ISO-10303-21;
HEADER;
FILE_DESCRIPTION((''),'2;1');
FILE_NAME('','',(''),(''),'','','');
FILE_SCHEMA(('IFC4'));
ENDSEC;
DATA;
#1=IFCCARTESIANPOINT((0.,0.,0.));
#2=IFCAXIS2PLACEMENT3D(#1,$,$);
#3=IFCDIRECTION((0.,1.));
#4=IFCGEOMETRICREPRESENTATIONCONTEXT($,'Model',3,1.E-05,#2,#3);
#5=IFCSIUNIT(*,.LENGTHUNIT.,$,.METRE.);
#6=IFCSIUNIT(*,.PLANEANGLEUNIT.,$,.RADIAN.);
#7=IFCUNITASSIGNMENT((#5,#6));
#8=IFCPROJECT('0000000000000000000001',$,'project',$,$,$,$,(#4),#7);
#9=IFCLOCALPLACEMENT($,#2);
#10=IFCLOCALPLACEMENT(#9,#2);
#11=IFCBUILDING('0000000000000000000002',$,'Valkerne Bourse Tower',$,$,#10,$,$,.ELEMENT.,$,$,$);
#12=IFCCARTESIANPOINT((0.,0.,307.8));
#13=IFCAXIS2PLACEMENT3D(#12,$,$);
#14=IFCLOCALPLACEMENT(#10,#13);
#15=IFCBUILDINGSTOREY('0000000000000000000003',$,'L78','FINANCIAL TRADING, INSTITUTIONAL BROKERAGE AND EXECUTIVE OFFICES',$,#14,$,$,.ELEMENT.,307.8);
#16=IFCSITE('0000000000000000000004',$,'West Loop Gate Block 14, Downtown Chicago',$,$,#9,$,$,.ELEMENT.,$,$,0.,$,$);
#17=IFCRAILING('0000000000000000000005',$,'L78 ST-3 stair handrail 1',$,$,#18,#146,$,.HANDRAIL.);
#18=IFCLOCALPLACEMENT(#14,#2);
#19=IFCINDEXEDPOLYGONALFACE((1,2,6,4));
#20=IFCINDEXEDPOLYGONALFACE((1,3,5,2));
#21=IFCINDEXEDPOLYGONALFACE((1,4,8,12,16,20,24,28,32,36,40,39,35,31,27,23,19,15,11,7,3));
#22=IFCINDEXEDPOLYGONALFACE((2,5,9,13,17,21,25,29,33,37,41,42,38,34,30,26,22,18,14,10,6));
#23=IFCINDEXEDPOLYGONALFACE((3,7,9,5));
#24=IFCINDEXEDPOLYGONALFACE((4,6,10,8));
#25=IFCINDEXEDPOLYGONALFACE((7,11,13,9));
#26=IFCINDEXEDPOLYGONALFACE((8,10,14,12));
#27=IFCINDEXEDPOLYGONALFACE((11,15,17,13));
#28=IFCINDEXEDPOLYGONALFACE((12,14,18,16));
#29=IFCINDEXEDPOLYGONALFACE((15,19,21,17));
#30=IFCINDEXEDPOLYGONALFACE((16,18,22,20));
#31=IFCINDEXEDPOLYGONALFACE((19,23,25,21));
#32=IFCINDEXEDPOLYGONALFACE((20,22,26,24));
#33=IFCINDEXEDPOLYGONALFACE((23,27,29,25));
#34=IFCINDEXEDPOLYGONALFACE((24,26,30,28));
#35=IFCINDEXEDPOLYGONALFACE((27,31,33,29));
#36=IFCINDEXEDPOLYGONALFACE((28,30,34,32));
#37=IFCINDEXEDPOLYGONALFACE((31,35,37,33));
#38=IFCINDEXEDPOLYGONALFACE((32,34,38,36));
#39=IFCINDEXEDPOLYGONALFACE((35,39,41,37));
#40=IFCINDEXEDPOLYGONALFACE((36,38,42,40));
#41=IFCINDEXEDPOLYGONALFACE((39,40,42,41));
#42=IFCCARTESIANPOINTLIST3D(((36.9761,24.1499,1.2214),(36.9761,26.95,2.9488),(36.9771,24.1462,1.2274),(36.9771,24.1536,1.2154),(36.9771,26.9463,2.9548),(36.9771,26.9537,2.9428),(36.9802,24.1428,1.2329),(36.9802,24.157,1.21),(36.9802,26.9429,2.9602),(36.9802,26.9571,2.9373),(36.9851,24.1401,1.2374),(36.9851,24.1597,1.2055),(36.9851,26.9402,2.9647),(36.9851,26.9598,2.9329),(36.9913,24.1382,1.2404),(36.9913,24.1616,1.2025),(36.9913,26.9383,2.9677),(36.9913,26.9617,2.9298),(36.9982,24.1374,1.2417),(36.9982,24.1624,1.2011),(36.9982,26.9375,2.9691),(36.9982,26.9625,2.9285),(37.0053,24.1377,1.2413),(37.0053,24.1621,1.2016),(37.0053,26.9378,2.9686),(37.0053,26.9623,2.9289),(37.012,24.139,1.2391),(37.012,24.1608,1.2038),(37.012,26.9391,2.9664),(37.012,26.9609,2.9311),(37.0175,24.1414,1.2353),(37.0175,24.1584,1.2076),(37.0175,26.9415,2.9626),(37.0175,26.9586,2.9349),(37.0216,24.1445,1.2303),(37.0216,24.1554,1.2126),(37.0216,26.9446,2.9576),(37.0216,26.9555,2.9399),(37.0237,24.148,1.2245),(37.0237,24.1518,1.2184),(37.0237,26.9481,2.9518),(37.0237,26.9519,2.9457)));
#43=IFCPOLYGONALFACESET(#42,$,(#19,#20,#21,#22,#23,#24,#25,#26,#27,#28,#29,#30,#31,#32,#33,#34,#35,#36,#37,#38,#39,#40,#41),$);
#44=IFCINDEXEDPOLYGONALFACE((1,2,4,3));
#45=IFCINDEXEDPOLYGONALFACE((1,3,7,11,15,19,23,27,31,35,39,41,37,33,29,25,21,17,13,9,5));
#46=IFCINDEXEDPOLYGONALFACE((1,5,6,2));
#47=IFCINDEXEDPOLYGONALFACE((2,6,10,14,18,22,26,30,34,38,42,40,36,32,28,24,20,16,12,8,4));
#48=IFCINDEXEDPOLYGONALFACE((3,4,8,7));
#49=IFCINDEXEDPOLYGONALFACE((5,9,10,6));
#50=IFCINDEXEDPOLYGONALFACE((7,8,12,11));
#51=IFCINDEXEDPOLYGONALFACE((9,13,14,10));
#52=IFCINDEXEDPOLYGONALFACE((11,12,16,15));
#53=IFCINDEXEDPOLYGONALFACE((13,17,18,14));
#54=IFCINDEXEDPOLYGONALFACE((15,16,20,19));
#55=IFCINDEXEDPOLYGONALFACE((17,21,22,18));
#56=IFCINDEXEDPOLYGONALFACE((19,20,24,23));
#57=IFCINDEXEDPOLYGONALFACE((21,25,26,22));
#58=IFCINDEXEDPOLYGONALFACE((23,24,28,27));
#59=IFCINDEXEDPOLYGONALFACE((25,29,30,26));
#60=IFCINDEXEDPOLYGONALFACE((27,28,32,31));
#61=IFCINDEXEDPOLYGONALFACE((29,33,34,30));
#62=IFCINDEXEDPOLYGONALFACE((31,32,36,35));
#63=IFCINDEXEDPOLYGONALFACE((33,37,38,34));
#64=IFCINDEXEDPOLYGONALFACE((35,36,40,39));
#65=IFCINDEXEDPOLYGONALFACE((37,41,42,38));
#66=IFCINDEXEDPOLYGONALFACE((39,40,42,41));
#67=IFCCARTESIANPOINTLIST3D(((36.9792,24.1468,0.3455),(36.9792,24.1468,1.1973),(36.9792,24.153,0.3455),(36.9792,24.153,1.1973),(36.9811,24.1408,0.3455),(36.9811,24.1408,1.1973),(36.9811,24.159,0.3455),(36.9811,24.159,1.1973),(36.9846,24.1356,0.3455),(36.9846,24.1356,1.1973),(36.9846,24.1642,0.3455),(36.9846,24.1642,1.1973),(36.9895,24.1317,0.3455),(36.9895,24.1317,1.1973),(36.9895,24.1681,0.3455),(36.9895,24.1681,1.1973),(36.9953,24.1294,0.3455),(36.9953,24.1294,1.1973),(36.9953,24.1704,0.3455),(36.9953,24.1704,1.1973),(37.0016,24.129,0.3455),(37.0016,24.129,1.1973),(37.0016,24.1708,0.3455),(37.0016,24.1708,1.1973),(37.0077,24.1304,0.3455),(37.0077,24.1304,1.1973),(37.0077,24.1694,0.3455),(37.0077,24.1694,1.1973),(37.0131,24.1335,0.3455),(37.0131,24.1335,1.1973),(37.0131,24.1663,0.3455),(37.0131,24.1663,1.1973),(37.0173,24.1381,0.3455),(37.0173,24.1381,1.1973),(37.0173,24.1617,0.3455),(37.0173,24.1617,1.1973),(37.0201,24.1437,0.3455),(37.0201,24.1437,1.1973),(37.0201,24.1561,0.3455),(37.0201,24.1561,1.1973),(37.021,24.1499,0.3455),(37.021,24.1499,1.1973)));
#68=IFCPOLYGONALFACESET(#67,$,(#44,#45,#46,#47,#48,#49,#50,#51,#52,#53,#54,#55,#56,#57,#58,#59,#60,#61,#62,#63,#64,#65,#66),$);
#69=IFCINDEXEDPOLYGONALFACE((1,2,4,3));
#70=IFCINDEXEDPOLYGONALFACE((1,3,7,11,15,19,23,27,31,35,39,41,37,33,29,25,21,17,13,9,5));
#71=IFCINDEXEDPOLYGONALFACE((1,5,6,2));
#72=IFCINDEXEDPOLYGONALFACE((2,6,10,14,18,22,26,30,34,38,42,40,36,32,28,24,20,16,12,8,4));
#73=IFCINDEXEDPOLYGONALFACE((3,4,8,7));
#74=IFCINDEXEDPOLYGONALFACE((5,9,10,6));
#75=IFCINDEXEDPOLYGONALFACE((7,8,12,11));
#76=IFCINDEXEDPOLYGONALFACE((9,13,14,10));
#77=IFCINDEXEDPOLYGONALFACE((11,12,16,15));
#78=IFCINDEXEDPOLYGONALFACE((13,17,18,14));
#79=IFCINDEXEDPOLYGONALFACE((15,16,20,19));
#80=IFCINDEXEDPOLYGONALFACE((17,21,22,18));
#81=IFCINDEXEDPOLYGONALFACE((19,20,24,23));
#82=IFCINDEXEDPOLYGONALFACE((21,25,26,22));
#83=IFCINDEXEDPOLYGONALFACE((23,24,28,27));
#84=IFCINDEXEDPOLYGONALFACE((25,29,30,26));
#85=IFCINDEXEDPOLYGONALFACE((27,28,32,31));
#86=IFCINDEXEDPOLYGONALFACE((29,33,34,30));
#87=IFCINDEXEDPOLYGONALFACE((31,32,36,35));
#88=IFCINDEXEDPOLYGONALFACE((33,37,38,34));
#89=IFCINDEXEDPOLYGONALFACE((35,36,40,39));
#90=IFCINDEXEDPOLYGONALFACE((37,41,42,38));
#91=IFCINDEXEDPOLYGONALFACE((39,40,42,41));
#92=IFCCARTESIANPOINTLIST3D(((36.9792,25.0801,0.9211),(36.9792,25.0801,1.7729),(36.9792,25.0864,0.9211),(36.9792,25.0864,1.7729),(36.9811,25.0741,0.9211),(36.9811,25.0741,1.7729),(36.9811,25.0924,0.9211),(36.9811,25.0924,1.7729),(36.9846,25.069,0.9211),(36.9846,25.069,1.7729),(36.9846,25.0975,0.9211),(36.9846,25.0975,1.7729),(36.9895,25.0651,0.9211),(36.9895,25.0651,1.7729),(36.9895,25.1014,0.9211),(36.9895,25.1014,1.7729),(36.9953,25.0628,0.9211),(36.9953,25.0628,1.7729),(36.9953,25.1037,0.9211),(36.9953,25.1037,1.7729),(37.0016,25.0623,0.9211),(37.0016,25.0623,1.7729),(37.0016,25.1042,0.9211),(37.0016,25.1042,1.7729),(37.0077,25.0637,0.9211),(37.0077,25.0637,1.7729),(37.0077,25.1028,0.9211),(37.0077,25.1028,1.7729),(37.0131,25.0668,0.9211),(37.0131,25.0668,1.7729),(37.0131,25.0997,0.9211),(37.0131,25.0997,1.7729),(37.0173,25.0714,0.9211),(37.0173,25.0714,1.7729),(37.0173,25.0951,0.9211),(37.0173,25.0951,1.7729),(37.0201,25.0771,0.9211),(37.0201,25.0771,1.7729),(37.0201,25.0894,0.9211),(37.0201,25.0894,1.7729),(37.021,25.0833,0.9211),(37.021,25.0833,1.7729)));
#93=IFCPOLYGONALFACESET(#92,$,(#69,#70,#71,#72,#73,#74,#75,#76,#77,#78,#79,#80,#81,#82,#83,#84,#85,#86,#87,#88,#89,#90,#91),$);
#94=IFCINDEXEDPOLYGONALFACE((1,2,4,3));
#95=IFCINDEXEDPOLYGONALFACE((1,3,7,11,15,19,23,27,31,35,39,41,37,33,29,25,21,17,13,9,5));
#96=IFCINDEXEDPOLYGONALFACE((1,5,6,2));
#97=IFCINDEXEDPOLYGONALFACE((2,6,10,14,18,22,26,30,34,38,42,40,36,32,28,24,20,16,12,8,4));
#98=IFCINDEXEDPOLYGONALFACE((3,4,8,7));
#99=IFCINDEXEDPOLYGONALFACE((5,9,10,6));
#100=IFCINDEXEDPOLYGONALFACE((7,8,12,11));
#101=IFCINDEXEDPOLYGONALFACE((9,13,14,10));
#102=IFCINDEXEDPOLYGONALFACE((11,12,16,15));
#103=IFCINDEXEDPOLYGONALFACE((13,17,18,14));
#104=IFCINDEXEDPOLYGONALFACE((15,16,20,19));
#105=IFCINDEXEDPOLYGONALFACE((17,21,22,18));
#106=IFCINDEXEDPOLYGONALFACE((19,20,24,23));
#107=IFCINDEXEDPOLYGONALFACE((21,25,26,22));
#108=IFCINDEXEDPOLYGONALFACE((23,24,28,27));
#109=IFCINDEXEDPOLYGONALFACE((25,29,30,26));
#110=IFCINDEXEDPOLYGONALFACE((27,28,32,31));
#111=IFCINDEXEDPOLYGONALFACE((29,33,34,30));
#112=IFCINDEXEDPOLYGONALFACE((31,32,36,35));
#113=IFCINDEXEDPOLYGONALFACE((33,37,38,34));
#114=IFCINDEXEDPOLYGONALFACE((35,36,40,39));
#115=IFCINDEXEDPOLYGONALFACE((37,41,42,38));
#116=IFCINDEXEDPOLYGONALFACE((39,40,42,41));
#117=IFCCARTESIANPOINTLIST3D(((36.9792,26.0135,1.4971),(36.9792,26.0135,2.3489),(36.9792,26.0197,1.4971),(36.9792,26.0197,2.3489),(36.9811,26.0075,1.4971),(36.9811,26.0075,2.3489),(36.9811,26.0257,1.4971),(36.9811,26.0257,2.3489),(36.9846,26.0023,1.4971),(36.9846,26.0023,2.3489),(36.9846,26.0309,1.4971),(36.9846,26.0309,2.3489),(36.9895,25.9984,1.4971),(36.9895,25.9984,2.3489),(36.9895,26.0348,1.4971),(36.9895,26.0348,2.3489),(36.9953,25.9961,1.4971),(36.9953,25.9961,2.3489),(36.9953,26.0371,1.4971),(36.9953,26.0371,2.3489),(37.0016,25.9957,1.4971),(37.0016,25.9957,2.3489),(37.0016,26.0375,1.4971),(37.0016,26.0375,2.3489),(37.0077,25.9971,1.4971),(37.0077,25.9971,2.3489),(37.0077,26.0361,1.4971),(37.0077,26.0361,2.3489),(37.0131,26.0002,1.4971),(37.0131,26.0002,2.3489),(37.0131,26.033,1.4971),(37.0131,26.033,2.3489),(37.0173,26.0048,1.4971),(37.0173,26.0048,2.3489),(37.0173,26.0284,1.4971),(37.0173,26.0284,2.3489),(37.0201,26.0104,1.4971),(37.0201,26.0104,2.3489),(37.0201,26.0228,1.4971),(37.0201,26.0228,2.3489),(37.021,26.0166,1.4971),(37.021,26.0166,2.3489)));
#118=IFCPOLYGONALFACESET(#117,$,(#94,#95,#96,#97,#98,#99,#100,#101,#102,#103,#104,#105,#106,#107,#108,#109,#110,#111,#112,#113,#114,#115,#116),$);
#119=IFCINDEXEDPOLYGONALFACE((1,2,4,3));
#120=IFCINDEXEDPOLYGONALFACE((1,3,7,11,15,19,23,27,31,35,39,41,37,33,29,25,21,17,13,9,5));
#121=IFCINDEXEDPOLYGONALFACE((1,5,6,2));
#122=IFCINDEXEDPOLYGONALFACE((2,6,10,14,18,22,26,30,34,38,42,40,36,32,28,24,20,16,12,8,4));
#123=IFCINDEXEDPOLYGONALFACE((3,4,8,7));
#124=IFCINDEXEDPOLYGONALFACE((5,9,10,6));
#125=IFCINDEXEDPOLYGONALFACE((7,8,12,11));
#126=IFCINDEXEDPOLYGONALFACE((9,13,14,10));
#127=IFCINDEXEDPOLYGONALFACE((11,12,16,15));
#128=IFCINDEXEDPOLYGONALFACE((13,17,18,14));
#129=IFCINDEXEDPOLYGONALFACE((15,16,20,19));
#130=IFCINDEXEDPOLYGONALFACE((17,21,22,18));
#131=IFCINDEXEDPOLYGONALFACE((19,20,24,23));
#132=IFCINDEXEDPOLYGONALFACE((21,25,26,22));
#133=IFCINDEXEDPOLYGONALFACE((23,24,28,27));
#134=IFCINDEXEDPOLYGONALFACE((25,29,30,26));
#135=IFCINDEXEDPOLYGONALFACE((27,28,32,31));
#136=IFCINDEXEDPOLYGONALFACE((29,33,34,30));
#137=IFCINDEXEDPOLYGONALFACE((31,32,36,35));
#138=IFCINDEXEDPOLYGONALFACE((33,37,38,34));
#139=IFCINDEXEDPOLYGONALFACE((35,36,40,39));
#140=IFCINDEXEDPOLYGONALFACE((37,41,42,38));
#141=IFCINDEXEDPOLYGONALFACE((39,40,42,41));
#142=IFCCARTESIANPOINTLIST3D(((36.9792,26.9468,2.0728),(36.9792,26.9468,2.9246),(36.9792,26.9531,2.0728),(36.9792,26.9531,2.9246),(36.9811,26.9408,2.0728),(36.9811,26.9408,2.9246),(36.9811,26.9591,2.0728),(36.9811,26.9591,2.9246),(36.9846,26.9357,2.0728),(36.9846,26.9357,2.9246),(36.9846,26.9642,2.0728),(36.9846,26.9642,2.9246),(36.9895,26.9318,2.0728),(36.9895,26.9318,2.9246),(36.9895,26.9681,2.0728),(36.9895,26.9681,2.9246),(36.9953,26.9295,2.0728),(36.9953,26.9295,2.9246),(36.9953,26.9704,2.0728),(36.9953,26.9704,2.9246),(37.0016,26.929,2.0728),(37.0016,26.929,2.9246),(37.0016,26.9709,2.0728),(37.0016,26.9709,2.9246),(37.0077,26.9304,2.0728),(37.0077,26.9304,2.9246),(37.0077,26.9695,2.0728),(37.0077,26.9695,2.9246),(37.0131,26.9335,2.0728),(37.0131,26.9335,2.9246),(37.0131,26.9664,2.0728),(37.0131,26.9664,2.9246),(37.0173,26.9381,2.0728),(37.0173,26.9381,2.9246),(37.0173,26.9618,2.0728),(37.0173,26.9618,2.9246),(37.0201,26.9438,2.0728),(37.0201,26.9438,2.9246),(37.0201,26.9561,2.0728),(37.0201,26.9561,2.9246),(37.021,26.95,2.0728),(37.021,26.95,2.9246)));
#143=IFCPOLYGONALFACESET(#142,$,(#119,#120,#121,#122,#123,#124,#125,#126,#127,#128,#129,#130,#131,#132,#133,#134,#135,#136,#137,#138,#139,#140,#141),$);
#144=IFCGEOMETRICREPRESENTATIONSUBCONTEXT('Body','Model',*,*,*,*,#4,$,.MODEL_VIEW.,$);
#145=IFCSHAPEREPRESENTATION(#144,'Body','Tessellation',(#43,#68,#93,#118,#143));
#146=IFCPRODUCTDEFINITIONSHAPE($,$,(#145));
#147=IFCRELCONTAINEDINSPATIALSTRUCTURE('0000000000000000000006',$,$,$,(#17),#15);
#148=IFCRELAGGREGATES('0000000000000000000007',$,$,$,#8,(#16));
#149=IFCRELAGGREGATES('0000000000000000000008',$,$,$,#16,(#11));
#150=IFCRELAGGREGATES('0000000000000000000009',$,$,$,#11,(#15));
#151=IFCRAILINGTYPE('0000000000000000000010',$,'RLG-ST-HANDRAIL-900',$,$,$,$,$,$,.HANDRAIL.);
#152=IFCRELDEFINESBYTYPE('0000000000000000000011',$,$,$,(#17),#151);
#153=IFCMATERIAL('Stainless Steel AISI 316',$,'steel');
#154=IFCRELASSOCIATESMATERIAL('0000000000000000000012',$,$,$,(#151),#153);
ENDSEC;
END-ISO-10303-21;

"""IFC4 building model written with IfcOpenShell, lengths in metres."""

from ifc_helpers import new_model, si_unit, direction, frame, origin, origin_2d, place, context, subcontext, project, spatial, circle, extrude, material, type_object, element, save


model = new_model("IFC4")

# Units and contexts
model_context = context("Model", 3, precision=1e-05, world=origin(), true_north=direction((0.0, 1.0)))
body_context = subcontext(model_context, "Body", "Model", "MODEL_VIEW")
ifc_project = project(units=[si_unit("LENGTHUNIT", "METRE"), si_unit("PLANEANGLEUNIT", "RADIAN")], contexts=[model_context])

# Site, building, storey
site_placement = place(None, origin())
site = spatial("IfcSite", under=ifc_project, at=site_placement, Name="West Loop Gate Block 14, Downtown Chicago", CompositionType="ELEMENT", RefElevation=0.0)
building_placement = place(site_placement, origin())
building = spatial("IfcBuilding", under=site, at=building_placement, Name="Valkerne Bourse Tower", CompositionType="ELEMENT")
storey_placement = place(building_placement, frame((0.0, 0.0, 307.8)))
storey = spatial("IfcBuildingStorey", under=building, at=storey_placement, Name="L78", Description="FINANCIAL TRADING, INSTITUTIONAL BROKERAGE AND EXECUTIVE OFFICES", CompositionType="ELEMENT", Elevation=307.8)

# Shared definitions
ifc_material_1 = material(Name="Stainless Steel AISI 316", Category="steel")

# Railing
railing_type_1 = type_object("IfcRailingType", Name="RLG-ST-HANDRAIL-900", PredefinedType="HANDRAIL", material=ifc_material_1)
railing_1_placement = place(storey_placement, frame((37.0, 24.1499, 0.3455)))
element("IfcRailing", 1, at=railing_1_placement, inside=storey, type_object=railing_type_1, Name="L78 ST-3 stair handrail 1", PredefinedType="HANDRAIL", context=body_context, shape_type="SweptSolid", body=[
    extrude(circle(Radius=0.0239, at=origin_2d()), frame((0.0, 0.0, 0.876), z_axis=(0.0, 0.85109, 0.52502), x_axis=(-1.0, 0.0, 0.0)), (0.0, 0.0, 1.0), 3.29),
    extrude(circle(Radius=0.021, at=origin_2d()), origin(), (0.0, 0.0, 1.0), 0.8518),
    extrude(circle(Radius=0.021, at=origin_2d()), frame((0.0, 0.9333, 0.5757)), (0.0, 0.0, 1.0), 0.8518),
    extrude(circle(Radius=0.021, at=origin_2d()), frame((0.0, 1.8667, 1.1516)), (0.0, 0.0, 1.0), 0.8518),
    extrude(circle(Radius=0.021, at=origin_2d()), frame((0.0, 2.8, 1.7273)), (0.0, 0.0, 1.0), 0.8518),
])

save(model, "model.ifc")
